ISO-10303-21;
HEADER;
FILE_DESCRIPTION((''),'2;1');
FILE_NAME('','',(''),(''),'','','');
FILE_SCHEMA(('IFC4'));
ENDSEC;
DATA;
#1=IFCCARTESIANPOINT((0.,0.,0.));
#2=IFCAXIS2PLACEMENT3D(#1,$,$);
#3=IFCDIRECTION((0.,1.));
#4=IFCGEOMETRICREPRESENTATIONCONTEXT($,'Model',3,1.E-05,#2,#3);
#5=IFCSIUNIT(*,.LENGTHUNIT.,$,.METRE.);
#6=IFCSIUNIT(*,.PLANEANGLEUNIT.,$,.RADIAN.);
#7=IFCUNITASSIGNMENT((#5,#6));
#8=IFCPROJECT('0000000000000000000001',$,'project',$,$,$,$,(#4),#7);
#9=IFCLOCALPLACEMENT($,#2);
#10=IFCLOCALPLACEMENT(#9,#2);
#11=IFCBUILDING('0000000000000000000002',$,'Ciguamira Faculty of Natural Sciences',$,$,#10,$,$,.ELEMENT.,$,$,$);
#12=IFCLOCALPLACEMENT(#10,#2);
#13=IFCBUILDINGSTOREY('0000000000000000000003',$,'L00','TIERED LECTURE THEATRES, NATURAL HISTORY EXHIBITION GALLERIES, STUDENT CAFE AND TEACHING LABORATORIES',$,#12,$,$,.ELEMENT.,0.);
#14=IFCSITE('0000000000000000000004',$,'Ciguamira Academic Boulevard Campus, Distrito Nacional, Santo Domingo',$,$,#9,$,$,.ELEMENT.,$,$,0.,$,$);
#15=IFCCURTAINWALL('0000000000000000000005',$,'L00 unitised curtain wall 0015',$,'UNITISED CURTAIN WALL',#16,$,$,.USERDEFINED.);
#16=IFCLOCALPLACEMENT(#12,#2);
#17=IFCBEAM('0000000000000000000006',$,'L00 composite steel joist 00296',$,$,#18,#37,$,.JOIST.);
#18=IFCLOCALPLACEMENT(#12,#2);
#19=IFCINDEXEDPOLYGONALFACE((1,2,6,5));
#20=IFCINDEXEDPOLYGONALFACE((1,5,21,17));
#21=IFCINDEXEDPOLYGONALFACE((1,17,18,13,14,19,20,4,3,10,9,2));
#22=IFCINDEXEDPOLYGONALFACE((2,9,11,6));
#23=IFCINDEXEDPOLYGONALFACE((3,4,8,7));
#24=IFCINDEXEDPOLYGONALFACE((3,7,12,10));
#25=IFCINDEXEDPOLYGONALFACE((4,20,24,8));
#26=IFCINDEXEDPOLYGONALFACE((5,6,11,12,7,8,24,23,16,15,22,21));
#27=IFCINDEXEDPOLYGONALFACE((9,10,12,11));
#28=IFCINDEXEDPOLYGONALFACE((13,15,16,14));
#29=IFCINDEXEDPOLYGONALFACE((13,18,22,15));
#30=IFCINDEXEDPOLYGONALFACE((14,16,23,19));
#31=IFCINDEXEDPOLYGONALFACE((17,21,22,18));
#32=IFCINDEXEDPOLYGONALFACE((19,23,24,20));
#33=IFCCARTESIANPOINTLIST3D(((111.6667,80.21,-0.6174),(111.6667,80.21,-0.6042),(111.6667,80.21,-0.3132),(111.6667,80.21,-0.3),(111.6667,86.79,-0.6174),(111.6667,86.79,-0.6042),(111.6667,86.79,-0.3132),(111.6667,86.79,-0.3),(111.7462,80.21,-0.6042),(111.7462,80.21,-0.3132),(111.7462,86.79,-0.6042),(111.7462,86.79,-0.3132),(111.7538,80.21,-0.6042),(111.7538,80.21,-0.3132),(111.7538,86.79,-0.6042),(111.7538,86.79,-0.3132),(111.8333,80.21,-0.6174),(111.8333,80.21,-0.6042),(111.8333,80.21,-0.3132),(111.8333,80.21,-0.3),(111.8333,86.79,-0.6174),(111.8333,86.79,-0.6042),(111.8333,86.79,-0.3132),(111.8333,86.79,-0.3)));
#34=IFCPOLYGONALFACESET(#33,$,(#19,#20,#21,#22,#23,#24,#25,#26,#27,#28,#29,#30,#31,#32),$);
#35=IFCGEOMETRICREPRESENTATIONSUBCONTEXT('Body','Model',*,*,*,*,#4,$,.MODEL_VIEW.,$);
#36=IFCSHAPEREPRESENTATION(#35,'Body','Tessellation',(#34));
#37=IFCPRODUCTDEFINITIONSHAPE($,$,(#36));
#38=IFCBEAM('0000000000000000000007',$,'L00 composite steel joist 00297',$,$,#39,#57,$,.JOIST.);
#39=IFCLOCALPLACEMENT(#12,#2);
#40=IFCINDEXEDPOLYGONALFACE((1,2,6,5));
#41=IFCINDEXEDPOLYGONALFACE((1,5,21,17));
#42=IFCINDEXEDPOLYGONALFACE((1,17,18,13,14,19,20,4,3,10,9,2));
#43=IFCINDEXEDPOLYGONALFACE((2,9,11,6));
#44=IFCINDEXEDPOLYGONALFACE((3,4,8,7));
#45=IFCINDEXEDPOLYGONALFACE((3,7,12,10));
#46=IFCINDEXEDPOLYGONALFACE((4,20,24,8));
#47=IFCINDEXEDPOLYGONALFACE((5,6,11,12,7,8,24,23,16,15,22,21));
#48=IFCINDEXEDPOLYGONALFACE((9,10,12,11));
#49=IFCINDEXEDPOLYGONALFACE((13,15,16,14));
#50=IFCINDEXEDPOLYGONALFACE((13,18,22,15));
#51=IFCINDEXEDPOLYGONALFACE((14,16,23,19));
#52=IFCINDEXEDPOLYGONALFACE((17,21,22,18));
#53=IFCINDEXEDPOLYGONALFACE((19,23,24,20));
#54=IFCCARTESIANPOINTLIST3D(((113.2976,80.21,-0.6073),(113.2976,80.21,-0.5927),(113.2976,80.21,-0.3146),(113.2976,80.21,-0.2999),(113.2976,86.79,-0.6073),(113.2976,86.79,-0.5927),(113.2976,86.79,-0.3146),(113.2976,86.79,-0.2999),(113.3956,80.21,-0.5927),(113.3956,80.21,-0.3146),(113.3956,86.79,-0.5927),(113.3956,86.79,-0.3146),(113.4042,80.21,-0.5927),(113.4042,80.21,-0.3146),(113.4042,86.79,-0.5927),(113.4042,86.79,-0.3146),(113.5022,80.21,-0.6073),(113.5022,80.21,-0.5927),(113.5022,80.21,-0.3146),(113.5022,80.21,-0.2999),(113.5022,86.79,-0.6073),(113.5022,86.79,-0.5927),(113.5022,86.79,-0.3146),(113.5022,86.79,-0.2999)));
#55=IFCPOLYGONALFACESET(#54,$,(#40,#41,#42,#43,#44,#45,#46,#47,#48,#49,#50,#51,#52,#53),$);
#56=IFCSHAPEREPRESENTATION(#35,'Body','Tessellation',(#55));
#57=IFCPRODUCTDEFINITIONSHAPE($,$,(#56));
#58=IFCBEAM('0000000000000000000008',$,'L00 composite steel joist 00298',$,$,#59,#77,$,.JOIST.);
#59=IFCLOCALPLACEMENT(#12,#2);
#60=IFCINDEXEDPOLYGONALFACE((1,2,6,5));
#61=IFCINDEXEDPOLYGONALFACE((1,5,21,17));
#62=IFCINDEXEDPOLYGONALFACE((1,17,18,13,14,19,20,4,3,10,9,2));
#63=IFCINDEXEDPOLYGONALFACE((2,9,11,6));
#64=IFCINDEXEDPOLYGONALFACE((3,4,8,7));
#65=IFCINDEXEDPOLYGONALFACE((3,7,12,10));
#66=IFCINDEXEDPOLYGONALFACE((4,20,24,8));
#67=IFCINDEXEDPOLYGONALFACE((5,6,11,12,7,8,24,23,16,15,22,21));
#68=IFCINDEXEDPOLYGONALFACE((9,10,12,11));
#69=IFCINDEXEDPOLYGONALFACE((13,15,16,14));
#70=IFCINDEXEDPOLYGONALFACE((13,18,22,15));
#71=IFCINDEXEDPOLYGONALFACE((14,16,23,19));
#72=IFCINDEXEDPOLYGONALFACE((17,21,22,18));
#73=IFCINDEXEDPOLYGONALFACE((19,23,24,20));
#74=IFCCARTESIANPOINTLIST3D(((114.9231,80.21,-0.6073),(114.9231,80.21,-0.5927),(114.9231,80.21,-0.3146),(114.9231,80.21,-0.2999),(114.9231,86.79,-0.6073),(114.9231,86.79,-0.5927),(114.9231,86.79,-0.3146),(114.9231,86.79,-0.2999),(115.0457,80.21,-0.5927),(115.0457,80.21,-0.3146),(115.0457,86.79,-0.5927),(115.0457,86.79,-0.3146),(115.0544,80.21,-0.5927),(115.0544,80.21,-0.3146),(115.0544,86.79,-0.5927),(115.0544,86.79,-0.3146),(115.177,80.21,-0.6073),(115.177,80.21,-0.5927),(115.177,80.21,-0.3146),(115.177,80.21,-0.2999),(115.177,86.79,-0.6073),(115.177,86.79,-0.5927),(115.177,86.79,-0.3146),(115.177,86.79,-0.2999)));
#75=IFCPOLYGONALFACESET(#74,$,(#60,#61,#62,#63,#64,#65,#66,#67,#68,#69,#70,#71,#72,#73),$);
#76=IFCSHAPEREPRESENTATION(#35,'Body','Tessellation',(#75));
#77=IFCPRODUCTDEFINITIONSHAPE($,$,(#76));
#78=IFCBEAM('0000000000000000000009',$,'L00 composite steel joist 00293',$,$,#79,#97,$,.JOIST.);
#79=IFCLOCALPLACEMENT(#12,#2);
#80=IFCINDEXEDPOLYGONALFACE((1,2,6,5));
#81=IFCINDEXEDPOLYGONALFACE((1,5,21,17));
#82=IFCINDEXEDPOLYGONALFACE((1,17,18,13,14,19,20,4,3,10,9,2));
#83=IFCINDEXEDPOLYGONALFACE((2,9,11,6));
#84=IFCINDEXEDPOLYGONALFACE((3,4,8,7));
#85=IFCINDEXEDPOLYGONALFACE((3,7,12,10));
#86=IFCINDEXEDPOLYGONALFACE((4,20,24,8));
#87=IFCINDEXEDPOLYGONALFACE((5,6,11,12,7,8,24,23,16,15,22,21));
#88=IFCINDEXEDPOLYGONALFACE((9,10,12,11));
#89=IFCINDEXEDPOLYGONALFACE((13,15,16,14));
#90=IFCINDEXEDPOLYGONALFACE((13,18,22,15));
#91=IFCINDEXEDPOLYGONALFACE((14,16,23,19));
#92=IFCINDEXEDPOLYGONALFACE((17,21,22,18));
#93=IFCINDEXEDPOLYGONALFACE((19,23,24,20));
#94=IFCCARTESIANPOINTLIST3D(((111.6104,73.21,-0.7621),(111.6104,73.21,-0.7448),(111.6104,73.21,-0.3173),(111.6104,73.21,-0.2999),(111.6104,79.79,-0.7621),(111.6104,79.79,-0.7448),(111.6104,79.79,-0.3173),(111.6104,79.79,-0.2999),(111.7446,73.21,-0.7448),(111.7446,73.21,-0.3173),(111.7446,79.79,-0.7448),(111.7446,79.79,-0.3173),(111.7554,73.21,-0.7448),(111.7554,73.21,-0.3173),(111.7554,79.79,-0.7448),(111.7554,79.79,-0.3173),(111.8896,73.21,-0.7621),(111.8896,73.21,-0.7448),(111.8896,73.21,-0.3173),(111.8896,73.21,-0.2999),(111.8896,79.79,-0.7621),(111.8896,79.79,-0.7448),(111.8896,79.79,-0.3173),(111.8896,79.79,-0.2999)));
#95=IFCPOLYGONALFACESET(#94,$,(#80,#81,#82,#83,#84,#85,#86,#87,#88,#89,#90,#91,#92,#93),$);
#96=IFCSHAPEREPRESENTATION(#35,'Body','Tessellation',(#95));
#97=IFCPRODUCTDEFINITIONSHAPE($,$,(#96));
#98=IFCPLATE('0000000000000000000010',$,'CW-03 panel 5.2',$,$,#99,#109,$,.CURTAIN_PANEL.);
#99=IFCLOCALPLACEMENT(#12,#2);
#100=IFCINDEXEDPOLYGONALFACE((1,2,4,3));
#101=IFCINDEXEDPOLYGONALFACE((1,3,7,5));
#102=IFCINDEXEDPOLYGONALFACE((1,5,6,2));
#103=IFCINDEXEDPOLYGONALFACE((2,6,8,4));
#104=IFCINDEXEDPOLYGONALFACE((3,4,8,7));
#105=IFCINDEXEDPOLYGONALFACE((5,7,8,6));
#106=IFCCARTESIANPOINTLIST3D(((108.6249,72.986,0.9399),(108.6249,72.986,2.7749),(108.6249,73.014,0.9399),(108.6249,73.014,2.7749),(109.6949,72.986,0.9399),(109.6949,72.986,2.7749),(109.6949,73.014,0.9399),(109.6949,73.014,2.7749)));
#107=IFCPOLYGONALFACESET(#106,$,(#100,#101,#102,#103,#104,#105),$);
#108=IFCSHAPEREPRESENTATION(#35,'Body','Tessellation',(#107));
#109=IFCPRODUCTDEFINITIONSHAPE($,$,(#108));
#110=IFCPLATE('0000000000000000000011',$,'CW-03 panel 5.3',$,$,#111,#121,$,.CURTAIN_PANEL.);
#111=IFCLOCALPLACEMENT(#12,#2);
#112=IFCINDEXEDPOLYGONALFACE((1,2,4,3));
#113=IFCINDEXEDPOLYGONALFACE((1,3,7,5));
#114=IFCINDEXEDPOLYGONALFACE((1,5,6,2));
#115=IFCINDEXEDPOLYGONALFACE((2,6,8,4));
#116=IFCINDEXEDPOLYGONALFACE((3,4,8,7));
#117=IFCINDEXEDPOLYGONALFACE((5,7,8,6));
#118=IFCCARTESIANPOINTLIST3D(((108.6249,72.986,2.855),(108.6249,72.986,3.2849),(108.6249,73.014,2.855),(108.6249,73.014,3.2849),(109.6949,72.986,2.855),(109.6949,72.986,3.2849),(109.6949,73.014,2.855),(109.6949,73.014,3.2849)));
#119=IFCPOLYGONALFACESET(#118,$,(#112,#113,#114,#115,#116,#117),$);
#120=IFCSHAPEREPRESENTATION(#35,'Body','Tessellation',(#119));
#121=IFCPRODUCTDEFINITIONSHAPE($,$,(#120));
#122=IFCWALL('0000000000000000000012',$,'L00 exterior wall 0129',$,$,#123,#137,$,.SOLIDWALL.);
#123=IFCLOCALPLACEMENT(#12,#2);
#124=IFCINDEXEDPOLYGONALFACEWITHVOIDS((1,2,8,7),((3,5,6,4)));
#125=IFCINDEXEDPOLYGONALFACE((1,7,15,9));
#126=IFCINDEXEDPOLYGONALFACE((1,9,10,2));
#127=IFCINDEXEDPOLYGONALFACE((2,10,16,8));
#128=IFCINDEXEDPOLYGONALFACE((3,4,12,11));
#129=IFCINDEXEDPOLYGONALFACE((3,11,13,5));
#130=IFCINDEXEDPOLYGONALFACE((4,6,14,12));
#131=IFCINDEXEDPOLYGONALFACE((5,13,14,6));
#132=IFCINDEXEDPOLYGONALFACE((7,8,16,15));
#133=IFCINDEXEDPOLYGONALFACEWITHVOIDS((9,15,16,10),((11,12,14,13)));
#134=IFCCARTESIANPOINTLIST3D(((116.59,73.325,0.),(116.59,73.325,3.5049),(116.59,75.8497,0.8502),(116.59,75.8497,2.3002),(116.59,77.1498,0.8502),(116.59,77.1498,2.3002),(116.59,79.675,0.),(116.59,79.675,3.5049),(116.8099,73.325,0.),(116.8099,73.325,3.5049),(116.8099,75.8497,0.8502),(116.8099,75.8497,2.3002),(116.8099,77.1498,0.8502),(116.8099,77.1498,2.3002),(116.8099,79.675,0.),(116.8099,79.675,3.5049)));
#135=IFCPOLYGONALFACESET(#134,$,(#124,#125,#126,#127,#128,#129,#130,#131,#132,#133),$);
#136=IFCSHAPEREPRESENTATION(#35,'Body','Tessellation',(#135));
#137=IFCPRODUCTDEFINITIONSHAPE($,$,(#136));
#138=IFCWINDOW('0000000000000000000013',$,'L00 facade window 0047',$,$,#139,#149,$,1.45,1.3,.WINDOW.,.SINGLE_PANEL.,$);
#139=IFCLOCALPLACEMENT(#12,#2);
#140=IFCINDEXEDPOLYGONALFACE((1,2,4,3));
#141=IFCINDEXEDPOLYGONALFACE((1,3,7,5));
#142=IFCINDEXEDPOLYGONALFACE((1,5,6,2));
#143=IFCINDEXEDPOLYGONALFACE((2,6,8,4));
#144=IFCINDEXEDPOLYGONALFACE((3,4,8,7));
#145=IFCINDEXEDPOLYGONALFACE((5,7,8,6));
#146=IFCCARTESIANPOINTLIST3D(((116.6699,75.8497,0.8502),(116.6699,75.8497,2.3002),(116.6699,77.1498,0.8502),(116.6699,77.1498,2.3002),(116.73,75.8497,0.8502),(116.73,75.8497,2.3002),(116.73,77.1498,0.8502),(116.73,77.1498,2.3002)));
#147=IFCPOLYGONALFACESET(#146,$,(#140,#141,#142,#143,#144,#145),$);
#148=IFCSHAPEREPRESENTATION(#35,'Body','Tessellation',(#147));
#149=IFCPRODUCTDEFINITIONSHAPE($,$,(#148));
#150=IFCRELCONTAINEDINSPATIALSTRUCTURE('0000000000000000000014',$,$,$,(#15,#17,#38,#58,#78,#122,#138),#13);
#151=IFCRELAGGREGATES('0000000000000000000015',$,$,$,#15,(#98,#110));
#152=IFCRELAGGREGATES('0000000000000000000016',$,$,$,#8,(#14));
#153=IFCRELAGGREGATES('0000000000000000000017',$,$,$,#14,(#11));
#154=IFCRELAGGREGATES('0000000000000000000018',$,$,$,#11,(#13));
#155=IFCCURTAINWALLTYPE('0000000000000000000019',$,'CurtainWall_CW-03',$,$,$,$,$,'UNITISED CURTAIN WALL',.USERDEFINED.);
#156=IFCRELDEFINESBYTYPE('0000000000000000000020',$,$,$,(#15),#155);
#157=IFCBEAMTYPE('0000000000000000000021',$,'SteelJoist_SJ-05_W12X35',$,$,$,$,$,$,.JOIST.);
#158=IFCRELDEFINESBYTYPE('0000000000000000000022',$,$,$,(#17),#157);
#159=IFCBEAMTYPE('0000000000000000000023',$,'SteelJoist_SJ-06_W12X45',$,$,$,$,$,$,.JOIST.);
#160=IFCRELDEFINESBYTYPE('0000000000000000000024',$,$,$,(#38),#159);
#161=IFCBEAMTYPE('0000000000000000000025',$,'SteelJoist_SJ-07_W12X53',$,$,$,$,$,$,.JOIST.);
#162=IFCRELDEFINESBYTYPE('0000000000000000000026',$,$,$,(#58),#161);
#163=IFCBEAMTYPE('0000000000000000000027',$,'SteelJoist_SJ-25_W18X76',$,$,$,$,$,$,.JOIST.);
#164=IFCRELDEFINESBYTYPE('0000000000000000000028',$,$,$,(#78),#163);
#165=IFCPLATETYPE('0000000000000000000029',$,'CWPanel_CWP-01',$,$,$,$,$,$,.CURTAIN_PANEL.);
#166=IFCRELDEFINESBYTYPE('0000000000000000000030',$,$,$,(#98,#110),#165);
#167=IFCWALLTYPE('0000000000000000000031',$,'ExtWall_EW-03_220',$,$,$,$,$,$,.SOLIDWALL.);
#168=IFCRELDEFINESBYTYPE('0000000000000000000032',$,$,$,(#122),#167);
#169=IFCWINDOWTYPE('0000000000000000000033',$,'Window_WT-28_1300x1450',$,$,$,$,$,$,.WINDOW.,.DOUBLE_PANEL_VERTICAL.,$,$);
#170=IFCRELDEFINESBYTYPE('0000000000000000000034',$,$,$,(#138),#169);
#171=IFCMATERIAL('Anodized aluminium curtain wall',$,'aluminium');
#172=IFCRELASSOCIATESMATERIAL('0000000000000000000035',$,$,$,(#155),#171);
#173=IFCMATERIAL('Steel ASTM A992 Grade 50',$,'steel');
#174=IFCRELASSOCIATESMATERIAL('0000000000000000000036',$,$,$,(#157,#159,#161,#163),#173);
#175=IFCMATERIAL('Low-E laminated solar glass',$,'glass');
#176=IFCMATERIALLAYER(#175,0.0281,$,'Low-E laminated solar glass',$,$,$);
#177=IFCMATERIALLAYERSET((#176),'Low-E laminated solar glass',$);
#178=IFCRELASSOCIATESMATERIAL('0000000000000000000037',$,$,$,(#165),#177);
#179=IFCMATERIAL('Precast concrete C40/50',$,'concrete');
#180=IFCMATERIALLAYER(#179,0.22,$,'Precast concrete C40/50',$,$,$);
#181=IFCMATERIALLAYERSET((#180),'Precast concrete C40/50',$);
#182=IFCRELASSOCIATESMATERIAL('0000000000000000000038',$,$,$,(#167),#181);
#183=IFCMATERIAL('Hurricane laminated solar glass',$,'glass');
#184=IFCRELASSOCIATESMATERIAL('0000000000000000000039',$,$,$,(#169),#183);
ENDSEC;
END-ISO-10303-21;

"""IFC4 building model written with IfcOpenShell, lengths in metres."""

from ifc_helpers import new_model, si_unit, direction, frame, frame_2d, origin, origin_2d, place, context, subcontext, project, spatial, rectangle, i_section, extrude, material, layer, layer_set, material_profile, profile_set, type_object, element, fill, aggregate, save


model = new_model("IFC4")

# Units and contexts
model_context = context("Model", 3, precision=1e-05, world=origin(), true_north=direction((0.0, 1.0)))
body_context = subcontext(model_context, "Body", "Model", "MODEL_VIEW")
ifc_project = project(units=[si_unit("LENGTHUNIT", "METRE"), si_unit("PLANEANGLEUNIT", "RADIAN")], contexts=[model_context])

# Site, building, storey
site_placement = place(None, origin())
site = spatial("IfcSite", under=ifc_project, at=site_placement, Name="Ciguamira Academic Boulevard Campus, Distrito Nacional, Santo Domingo", CompositionType="ELEMENT", RefElevation=0.0)
building_placement = place(site_placement, origin())
building = spatial("IfcBuilding", under=site, at=building_placement, Name="Ciguamira Faculty of Natural Sciences", CompositionType="ELEMENT")
storey_placement = place(building_placement, origin())
storey = spatial("IfcBuildingStorey", under=building, at=storey_placement, Name="L00", Description="TIERED LECTURE THEATRES, NATURAL HISTORY EXHIBITION GALLERIES, STUDENT CAFE AND TEACHING LABORATORIES", CompositionType="ELEMENT", Elevation=0.0)

# Curtain wall
ifc_material_1 = material(Name="Anodized aluminium curtain wall", Category="aluminium")
curtain_wall_type = type_object("IfcCurtainWallType", Name="CurtainWall_CW-03", ElementType="UNITISED CURTAIN WALL", PredefinedType="USERDEFINED", material=ifc_material_1)
curtain_wall_placement = place(storey_placement, origin())
curtain_wall = element("IfcCurtainWall", 1, at=curtain_wall_placement, inside=storey, type_object=curtain_wall_type, Name="L00 unitised curtain wall 0015", ObjectType="UNITISED CURTAIN WALL", PredefinedType="USERDEFINED")

# Beams
ifc_material_2 = material(Name="Precast concrete C40/50", Category="concrete")
ifc_material_3 = material(Name="Steel ASTM A992 Grade 50", Category="steel")
ifc_material_profile_1 = material_profile(ifc_material_3, i_section(OverallWidth=0.1665, OverallDepth=0.3174, WebThickness=0.0076, FlangeThickness=0.0132, at=origin_2d()), Name="W12X35")
ifc_profile_set_1 = profile_set([ifc_material_profile_1], Name="Steel ASTM A992 Grade 50")
beam_type_1 = type_object("IfcBeamType", Name="SteelJoist_SJ-05_W12X35", PredefinedType="JOIST", material=ifc_profile_set_1)
beam_1_placement = place(storey_placement, frame((111.75, 80.21, -0.4587), z_axis=(0.0, 1.0, 0.0), x_axis=(-1.0, 0.0, 0.0)))
element("IfcBeam", 2, at=beam_1_placement, inside=storey, type_object=beam_type_1, Name="L00 composite steel joist 00296", PredefinedType="JOIST", context=body_context, shape_type="SweptSolid", body=[
    extrude(i_section(OverallWidth=0.1665, OverallDepth=0.3174, WebThickness=0.0076, FlangeThickness=0.0132, at=origin_2d()), origin(), (0.0, 0.0, 1.0), 6.5801),
])
ifc_material_profile_2 = material_profile(ifc_material_3, i_section(OverallWidth=0.2046, OverallDepth=0.3074, WebThickness=0.0085, FlangeThickness=0.0146, at=origin_2d()), Name="W12X45")
ifc_profile_set_2 = profile_set([ifc_material_profile_2], Name="Steel ASTM A992 Grade 50")
beam_type_2 = type_object("IfcBeamType", Name="SteelJoist_SJ-06_W12X45", PredefinedType="JOIST", material=ifc_profile_set_2)
beam_2_placement = place(storey_placement, frame((113.3999, 80.21, -0.4536), z_axis=(0.0, 1.0, 0.0), x_axis=(-1.0, 0.0, 0.0)))
element("IfcBeam", 3, at=beam_2_placement, inside=storey, type_object=beam_type_2, Name="L00 composite steel joist 00297", PredefinedType="JOIST", context=body_context, shape_type="SweptSolid", body=[
    extrude(i_section(OverallWidth=0.2046, OverallDepth=0.3074, WebThickness=0.0085, FlangeThickness=0.0146, at=origin_2d()), origin(), (0.0, 0.0, 1.0), 6.5801),
])
ifc_material_profile_3 = material_profile(ifc_material_3, i_section(OverallWidth=0.2539, OverallDepth=0.3074, WebThickness=0.0088, FlangeThickness=0.0146, at=origin_2d()), Name="W12X53")
ifc_profile_set_3 = profile_set([ifc_material_profile_3], Name="Steel ASTM A992 Grade 50")
beam_type_3 = type_object("IfcBeamType", Name="SteelJoist_SJ-07_W12X53", PredefinedType="JOIST", material=ifc_profile_set_3)
beam_3_placement = place(storey_placement, frame((115.05, 80.21, -0.4536), z_axis=(0.0, 1.0, 0.0), x_axis=(-1.0, 0.0, 0.0)))
element("IfcBeam", 4, at=beam_3_placement, inside=storey, type_object=beam_type_3, Name="L00 composite steel joist 00298", PredefinedType="JOIST", context=body_context, shape_type="SweptSolid", body=[
    extrude(i_section(OverallWidth=0.2539, OverallDepth=0.3074, WebThickness=0.0088, FlangeThickness=0.0146, at=origin_2d()), origin(), (0.0, 0.0, 1.0), 6.5801),
])
ifc_material_profile_4 = material_profile(ifc_material_3, i_section(OverallWidth=0.2793, OverallDepth=0.4622, WebThickness=0.0107, FlangeThickness=0.0173, at=origin_2d()), Name="W18X76")
ifc_profile_set_4 = profile_set([ifc_material_profile_4], Name="Steel ASTM A992 Grade 50")
beam_type_4 = type_object("IfcBeamType", Name="SteelJoist_SJ-25_W18X76", PredefinedType="JOIST", material=ifc_profile_set_4)
beam_4_placement = place(storey_placement, frame((111.75, 73.21, -0.531), z_axis=(0.0, 1.0, 0.0), x_axis=(-1.0, 0.0, 0.0)))
element("IfcBeam", 5, at=beam_4_placement, inside=storey, type_object=beam_type_4, Name="L00 composite steel joist 00293", PredefinedType="JOIST", context=body_context, shape_type="SweptSolid", body=[
    extrude(i_section(OverallWidth=0.2793, OverallDepth=0.4622, WebThickness=0.0107, FlangeThickness=0.0173, at=origin_2d()), origin(), (0.0, 0.0, 1.0), 6.5801),
])

# Plates
ifc_material_4 = material(Name="Low-E laminated solar glass", Category="glass")
ifc_layer_1 = layer(ifc_material_4, 0.0281, Name="Low-E laminated solar glass")
ifc_layer_set_1 = layer_set([ifc_layer_1], Name="Low-E laminated solar glass")
plate_type = type_object("IfcPlateType", Name="CWPanel_CWP-01", PredefinedType="CURTAIN_PANEL", material=ifc_layer_set_1)
plate_1_placement = place(storey_placement, frame((109.1599, 73.0, 0.9399), z_axis=(0.0, 0.0, 1.0), x_axis=(1.0, 0.0, 0.0)))
plate_1 = element("IfcPlate", 6, at=plate_1_placement, type_object=plate_type, Name="CW-03 panel 5.2", PredefinedType="CURTAIN_PANEL", context=body_context, shape_type="SweptSolid", body=[
    extrude(rectangle(XDim=1.0701, YDim=0.0281, at=origin_2d()), origin(), (0.0, 0.0, 1.0), 1.835),
])
plate_2_placement = place(storey_placement, frame((109.1599, 73.0, 2.855), z_axis=(0.0, 0.0, 1.0), x_axis=(1.0, 0.0, 0.0)))
plate_2 = element("IfcPlate", 7, at=plate_2_placement, type_object=plate_type, Name="CW-03 panel 5.3", PredefinedType="CURTAIN_PANEL", context=body_context, shape_type="SweptSolid", body=[
    extrude(rectangle(XDim=1.0701, YDim=0.0281, at=origin_2d()), origin(), (0.0, 0.0, 1.0), 0.4299),
])
aggregate(curtain_wall, [plate_1, plate_2])

# Wall, opening, window
ifc_layer_2 = layer(ifc_material_2, 0.22, Name="Precast concrete C40/50")
ifc_layer_set_2 = layer_set([ifc_layer_2], Name="Precast concrete C40/50")
wall_type = type_object("IfcWallType", Name="ExtWall_EW-03_220", PredefinedType="SOLIDWALL", material=ifc_layer_set_2)
wall_1_placement = place(storey_placement, frame((116.7, 73.325, 0.0), z_axis=(0.0, 0.0, 1.0), x_axis=(0.0, 1.0, 0.0)))
wall_1 = element("IfcWall", 8, at=wall_1_placement, inside=storey, type_object=wall_type, Name="L00 exterior wall 0129", PredefinedType="SOLIDWALL", context=body_context, shape_type="SweptSolid", body=[
    extrude(rectangle(XDim=6.3501, YDim=0.22, at=frame_2d((3.175, 0.0))), origin(), (0.0, 0.0, 1.0), 3.5049),
])
opening_1_placement = place(wall_1_placement, frame((2.5249, 0.0, 0.8501)))
opening_1 = element("IfcOpeningElement", 9, at=opening_1_placement, cuts=wall_1, PredefinedType="OPENING", context=body_context, shape_type="SweptSolid", body=[
    extrude(rectangle(XDim=1.3, YDim=1.45, at=frame_2d((0.6499, 0.7251))), frame((0.0, 0.1199, 0.0), z_axis=(0.0, -1.0, 0.0), x_axis=(1.0, 0.0, 0.0)), (0.0, 0.0, 1.0), 0.24),
])
ifc_material_5 = material(Name="Hurricane laminated solar glass", Category="glass")
window_type = type_object("IfcWindowType", Name="Window_WT-28_1300x1450", PartitioningType="DOUBLE_PANEL_VERTICAL", PredefinedType="WINDOW", material=ifc_material_5)
window_placement = place(opening_1_placement, origin())
window = element("IfcWindow", 10, at=window_placement, inside=storey, type_object=window_type, Name="L00 facade window 0047", OverallHeight=1.45, OverallWidth=1.3, PartitioningType="SINGLE_PANEL", PredefinedType="WINDOW", context=body_context, shape_type="SweptSolid", body=[
    extrude(rectangle(XDim=1.3, YDim=1.45, at=frame_2d((0.6499, 0.7251))), frame((0.0, 0.03, 0.0), z_axis=(0.0, -1.0, 0.0), x_axis=(1.0, 0.0, 0.0)), (0.0, 0.0, 1.0), 0.0601),
])
fill(opening_1, window)

save(model, "model.ifc")
